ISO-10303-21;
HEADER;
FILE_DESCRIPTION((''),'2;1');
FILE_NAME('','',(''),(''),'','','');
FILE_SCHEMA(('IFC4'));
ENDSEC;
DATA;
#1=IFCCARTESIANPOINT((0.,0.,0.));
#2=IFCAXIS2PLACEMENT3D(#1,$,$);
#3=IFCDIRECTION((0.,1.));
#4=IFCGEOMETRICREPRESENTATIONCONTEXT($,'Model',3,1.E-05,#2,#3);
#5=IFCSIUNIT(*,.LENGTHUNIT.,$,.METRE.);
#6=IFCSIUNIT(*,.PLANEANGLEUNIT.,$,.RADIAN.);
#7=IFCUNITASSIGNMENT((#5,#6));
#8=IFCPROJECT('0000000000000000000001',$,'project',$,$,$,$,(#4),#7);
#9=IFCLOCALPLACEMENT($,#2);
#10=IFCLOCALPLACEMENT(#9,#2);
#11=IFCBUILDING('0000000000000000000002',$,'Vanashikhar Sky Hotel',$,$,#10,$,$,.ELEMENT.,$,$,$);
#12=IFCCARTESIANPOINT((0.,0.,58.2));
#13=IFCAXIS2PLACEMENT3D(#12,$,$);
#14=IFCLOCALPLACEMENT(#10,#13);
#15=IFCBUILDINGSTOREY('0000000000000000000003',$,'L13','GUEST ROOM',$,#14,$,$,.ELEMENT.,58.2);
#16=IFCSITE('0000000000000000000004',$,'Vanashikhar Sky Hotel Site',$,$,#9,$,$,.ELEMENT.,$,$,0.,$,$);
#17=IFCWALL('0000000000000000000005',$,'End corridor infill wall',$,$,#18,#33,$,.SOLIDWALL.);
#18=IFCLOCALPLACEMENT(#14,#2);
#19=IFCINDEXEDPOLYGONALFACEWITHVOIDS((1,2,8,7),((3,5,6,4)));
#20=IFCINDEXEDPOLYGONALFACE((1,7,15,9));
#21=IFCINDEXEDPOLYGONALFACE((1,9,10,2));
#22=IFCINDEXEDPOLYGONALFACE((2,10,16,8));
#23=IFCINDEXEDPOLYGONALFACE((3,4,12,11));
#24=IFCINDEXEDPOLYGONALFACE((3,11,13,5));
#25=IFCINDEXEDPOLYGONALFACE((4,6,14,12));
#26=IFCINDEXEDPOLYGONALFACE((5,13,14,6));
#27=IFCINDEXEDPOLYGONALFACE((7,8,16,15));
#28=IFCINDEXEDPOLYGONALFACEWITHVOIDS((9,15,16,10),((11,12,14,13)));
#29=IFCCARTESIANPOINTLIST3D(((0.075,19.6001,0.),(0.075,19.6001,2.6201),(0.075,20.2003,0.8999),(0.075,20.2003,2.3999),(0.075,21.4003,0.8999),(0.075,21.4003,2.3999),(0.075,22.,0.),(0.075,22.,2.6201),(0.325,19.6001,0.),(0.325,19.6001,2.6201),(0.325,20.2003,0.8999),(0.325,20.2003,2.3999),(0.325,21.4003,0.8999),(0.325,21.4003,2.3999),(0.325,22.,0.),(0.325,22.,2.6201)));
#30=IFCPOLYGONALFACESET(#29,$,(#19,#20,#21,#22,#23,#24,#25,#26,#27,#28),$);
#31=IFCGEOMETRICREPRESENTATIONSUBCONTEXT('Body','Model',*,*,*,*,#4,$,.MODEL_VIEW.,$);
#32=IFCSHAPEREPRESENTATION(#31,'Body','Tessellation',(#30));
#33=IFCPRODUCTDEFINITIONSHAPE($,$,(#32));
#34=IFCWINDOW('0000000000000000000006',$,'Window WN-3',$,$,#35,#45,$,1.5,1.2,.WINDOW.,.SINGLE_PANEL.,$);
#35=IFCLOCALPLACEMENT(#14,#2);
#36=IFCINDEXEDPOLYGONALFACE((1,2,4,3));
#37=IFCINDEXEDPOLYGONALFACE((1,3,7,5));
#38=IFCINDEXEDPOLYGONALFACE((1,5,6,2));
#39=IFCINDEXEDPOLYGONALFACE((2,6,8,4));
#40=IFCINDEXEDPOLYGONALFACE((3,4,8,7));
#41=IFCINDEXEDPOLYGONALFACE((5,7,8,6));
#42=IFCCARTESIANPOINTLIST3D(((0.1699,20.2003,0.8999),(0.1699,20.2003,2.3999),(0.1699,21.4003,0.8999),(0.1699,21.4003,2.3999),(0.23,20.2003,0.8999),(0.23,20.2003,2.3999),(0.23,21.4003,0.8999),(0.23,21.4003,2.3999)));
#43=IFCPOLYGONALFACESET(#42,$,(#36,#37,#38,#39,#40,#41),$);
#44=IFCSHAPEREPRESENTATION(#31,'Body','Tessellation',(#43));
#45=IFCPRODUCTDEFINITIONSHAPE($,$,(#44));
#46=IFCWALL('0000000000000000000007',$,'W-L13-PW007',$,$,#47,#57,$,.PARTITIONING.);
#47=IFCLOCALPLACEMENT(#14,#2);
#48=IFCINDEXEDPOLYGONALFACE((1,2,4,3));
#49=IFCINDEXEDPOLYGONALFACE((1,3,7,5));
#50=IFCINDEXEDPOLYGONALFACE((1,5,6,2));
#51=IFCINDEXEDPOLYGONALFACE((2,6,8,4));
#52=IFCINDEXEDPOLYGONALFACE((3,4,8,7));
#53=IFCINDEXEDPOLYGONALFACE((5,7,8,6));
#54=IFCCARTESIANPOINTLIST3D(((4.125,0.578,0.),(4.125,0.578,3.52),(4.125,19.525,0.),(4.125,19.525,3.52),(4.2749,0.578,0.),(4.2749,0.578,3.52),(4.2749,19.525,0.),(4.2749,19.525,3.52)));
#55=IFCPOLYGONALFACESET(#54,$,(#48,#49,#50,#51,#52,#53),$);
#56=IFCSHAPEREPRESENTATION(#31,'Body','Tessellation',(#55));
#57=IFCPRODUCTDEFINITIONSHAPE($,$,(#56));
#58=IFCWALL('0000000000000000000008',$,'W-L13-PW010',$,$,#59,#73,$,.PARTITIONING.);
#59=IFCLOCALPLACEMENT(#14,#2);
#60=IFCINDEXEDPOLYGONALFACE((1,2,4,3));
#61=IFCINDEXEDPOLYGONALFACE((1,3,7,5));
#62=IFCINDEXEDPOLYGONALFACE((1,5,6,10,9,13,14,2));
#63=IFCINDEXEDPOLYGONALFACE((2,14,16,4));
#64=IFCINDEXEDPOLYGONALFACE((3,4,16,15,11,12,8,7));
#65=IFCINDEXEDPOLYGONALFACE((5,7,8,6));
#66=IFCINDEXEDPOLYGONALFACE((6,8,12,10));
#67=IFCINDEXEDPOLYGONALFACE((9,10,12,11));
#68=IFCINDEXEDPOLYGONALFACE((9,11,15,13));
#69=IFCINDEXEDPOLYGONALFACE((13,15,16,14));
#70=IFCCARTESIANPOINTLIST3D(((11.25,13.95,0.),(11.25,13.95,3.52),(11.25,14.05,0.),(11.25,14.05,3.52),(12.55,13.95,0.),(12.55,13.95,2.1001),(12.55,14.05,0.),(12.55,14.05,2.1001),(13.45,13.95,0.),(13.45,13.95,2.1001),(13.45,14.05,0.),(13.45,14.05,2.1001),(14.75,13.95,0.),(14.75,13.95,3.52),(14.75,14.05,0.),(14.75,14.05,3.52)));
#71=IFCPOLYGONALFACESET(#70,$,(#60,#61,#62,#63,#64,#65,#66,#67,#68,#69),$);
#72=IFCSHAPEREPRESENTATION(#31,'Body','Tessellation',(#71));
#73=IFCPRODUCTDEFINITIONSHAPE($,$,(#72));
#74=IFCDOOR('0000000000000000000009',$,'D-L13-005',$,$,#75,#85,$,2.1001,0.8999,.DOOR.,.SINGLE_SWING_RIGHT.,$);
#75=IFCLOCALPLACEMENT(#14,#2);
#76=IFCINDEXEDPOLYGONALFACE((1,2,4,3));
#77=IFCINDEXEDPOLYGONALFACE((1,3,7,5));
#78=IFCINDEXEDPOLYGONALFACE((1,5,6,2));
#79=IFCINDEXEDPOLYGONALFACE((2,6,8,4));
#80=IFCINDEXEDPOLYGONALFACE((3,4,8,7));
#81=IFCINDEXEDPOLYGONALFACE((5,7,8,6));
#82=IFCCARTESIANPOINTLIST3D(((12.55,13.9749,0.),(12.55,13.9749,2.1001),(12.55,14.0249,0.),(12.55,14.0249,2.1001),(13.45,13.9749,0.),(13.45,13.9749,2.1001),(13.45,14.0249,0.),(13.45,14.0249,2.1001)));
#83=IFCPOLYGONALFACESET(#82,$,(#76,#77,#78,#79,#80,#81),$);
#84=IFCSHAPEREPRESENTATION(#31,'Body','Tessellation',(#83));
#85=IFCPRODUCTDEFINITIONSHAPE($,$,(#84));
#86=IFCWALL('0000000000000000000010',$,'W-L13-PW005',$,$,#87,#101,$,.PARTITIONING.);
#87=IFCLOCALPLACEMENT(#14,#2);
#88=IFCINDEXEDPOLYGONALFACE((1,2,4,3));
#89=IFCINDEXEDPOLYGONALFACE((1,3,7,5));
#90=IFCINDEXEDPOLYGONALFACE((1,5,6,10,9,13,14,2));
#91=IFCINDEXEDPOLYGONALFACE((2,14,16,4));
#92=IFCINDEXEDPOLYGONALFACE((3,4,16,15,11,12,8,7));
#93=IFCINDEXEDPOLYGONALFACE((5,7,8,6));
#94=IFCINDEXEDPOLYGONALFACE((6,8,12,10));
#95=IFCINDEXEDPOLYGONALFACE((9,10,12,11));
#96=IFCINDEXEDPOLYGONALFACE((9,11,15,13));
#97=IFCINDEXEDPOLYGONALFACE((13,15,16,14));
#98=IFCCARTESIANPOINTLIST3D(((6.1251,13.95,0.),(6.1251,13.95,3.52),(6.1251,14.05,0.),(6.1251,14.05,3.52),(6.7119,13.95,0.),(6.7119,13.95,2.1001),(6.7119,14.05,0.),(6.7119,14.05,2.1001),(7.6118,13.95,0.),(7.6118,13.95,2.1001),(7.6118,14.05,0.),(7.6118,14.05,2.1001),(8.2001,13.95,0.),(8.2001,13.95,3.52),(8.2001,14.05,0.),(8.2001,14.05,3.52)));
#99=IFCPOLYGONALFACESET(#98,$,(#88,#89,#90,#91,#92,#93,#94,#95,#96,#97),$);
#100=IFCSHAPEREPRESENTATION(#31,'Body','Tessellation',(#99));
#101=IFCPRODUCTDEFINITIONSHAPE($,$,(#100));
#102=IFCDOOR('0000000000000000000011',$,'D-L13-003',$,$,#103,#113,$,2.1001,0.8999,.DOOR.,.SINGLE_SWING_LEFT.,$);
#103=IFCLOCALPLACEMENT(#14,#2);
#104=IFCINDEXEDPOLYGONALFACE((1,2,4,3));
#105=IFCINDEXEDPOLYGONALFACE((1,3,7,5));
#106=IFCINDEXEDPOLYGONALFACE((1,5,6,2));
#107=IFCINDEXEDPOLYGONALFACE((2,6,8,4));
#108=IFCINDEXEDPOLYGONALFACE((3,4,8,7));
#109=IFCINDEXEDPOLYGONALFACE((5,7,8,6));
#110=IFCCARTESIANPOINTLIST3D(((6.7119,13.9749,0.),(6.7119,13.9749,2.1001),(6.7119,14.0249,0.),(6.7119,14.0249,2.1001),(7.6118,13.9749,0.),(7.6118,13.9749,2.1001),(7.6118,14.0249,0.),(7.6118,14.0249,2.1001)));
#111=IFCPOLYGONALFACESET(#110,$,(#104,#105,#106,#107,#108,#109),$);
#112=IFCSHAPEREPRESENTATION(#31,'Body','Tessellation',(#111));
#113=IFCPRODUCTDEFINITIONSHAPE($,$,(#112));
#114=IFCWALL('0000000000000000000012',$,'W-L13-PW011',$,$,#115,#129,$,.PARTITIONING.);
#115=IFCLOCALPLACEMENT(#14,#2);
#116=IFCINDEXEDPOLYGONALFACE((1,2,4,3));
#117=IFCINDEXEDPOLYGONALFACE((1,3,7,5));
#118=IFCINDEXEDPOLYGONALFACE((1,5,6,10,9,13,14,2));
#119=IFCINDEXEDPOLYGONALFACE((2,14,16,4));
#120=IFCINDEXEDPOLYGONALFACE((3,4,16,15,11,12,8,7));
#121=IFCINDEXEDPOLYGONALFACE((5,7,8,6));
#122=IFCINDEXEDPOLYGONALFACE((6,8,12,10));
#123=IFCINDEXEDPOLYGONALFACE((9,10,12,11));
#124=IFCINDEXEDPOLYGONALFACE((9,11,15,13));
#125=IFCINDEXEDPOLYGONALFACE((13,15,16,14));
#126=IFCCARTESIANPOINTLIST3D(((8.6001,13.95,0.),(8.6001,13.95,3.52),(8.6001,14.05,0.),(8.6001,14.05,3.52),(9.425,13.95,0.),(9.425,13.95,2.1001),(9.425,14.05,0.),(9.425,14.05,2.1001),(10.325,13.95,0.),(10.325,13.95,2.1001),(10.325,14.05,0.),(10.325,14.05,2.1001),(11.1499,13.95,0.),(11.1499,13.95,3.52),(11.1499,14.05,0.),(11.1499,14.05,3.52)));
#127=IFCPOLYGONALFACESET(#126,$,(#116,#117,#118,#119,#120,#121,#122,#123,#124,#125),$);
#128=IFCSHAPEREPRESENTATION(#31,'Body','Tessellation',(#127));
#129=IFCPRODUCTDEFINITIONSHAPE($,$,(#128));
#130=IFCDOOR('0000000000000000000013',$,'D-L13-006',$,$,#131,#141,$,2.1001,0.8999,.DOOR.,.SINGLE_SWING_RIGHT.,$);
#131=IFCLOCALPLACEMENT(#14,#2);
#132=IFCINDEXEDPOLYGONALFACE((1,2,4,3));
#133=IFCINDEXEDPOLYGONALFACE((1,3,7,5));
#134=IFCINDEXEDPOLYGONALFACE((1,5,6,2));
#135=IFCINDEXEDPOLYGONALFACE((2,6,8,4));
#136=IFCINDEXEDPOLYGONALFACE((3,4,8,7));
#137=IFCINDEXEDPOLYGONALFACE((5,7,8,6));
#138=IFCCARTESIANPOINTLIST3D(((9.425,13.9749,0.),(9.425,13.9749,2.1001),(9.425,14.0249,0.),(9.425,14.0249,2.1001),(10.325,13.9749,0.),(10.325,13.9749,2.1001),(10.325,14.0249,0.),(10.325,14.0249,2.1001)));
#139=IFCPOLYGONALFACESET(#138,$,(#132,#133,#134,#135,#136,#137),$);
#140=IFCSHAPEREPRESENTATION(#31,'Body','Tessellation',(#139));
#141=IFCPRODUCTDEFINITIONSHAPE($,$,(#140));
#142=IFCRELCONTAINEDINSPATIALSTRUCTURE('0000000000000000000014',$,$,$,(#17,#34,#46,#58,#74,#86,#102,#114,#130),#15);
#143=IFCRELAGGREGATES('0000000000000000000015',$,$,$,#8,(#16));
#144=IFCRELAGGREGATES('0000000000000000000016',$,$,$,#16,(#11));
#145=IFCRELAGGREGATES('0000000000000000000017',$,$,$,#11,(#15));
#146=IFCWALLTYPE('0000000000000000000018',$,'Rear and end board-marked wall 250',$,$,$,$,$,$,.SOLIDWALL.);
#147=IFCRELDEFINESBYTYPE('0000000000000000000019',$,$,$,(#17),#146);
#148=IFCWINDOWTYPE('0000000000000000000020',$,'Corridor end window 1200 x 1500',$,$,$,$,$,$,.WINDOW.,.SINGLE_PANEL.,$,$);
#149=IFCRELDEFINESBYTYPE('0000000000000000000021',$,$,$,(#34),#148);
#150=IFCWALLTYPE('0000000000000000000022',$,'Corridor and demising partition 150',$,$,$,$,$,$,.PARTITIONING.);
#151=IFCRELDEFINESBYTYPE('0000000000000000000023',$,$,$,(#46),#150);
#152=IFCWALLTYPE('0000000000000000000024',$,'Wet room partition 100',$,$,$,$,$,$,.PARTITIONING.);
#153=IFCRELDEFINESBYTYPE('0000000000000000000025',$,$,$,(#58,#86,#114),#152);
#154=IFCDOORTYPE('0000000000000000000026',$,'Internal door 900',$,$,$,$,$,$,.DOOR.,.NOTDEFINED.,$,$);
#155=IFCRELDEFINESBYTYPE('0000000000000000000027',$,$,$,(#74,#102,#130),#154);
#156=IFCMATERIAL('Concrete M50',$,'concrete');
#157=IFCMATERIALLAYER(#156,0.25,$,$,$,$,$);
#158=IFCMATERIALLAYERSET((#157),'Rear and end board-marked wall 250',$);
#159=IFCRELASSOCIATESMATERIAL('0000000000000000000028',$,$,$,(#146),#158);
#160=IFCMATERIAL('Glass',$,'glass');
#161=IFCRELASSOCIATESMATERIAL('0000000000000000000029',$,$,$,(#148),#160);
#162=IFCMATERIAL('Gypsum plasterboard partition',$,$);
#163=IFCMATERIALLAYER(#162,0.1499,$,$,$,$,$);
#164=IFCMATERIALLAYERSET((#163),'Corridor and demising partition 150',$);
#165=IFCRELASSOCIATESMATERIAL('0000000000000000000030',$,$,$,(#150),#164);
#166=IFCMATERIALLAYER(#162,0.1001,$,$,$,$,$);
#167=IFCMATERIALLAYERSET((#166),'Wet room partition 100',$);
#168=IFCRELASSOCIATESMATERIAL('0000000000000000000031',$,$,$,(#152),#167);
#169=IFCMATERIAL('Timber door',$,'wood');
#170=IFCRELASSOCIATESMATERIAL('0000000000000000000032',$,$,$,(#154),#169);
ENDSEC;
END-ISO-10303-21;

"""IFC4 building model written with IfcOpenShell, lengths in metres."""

from ifc_helpers import new_model, si_unit, direction, frame, frame_2d, origin, place, context, subcontext, project, spatial, rectangle, extrude, source, transform, mapped, material, layer, layer_set, type_object, element, fill, save


model = new_model("IFC4")

# Units and contexts
model_context = context("Model", 3, precision=1e-05, world=origin(), true_north=direction((0.0, 1.0)))
body_context = subcontext(model_context, "Body", "Model", "MODEL_VIEW")
ifc_project = project(units=[si_unit("LENGTHUNIT", "METRE"), si_unit("PLANEANGLEUNIT", "RADIAN")], contexts=[model_context])

# Site, building, storey
site_placement = place(None, origin())
site = spatial("IfcSite", under=ifc_project, at=site_placement, Name="Vanashikhar Sky Hotel Site", CompositionType="ELEMENT", RefElevation=0.0)
building_placement = place(site_placement, origin())
building = spatial("IfcBuilding", under=site, at=building_placement, Name="Vanashikhar Sky Hotel", CompositionType="ELEMENT")
storey_placement = place(building_placement, frame((0.0, 0.0, 58.2)))
storey = spatial("IfcBuildingStorey", under=building, at=storey_placement, Name="L13", Description="GUEST ROOM", CompositionType="ELEMENT", Elevation=58.2)

# Shared definitions
ifc_material_1 = material(Name="Concrete M50", Category="concrete")

# Shared definitions
ifc_material_2 = material(Name="Glass", Category="glass")

# Wall, opening, window
ifc_layer_1 = layer(ifc_material_1, 0.25)
ifc_layer_set_1 = layer_set([ifc_layer_1], Name="Rear and end board-marked wall 250")
wall_type_1 = type_object("IfcWallType", Name="Rear and end board-marked wall 250", PredefinedType="SOLIDWALL", material=ifc_layer_set_1)
shared_shape_1 = source(origin(), body_context, "Body", "SweptSolid", [
    extrude(rectangle(XDim=2.3999, YDim=0.25, at=frame_2d((1.2, 0.0))), origin(), (0.0, 0.0, 1.0), 2.6201),
])
wall_1_placement = place(storey_placement, frame((0.2, 19.6001, 0.0), z_axis=(0.0, 0.0, 1.0), x_axis=(0.0, 1.0, 0.0)))
wall_1 = element("IfcWall", 1, at=wall_1_placement, inside=storey, type_object=wall_type_1, Name="End corridor infill wall", PredefinedType="SOLIDWALL", context=body_context, shape_type="MappedRepresentation", body=[
    mapped(shared_shape_1, transform((0.0, 0.0, 0.0), scale=1.0)),
])
shared_shape_2 = source(origin(), body_context, "Body", "SweptSolid", [
    extrude(rectangle(XDim=1.2, YDim=1.5, at=frame_2d((0.6001, 0.75))), frame((0.0, 0.135, 0.0), z_axis=(0.0, -1.0, 0.0), x_axis=(1.0, 0.0, 0.0)), (0.0, 0.0, 1.0), 0.27),
])
opening_1_placement = place(wall_1_placement, frame((0.6001, 0.0, 0.8999)))
opening_1 = element("IfcOpeningElement", 2, at=opening_1_placement, cuts=wall_1, PredefinedType="OPENING", context=body_context, shape_type="MappedRepresentation", body=[
    mapped(shared_shape_2, transform((0.0, 0.0, 0.0), scale=1.0)),
])
window_type_1 = type_object("IfcWindowType", Name="Corridor end window 1200 x 1500", PartitioningType="SINGLE_PANEL", PredefinedType="WINDOW", material=ifc_material_2)
shared_shape_3 = source(origin(), body_context, "Body", "SweptSolid", [
    extrude(rectangle(XDim=1.2, YDim=1.5, at=frame_2d((0.6001, 0.75))), frame((0.0, 0.03, 0.0), z_axis=(0.0, -1.0, 0.0), x_axis=(1.0, 0.0, 0.0)), (0.0, 0.0, 1.0), 0.0601),
])
window_1_placement = place(opening_1_placement, origin())
window_1 = element("IfcWindow", 3, at=window_1_placement, inside=storey, type_object=window_type_1, Name="Window WN-3", OverallHeight=1.5, OverallWidth=1.2, PartitioningType="SINGLE_PANEL", PredefinedType="WINDOW", context=body_context, shape_type="MappedRepresentation", body=[
    mapped(shared_shape_3, transform((0.0, 0.0, 0.0), scale=1.0)),
])
fill(opening_1, window_1)

# Wall
ifc_material_3 = material(Name="Gypsum plasterboard partition")
ifc_layer_2 = layer(ifc_material_3, 0.1499)
ifc_layer_set_2 = layer_set([ifc_layer_2], Name="Corridor and demising partition 150")
wall_type_2 = type_object("IfcWallType", Name="Corridor and demising partition 150", PredefinedType="PARTITIONING", material=ifc_layer_set_2)
shared_shape_4 = source(origin(), body_context, "Body", "SweptSolid", [
    extrude(rectangle(XDim=18.947, YDim=0.1499, at=frame_2d((9.4736, 0.0))), origin(), (0.0, 0.0, 1.0), 3.52),
])
wall_2_placement = place(storey_placement, frame((4.2, 0.5779, 0.0), z_axis=(0.0, 0.0, 1.0), x_axis=(0.0, 1.0, 0.0)))
element("IfcWall", 4, at=wall_2_placement, inside=storey, type_object=wall_type_2, Name="W-L13-PW007", PredefinedType="PARTITIONING", context=body_context, shape_type="MappedRepresentation", body=[
    mapped(shared_shape_4, transform((0.0, 0.0, 0.0), scale=1.0)),
])

# Walls, openings, doors
ifc_layer_3 = layer(ifc_material_3, 0.1001)
ifc_layer_set_3 = layer_set([ifc_layer_3], Name="Wet room partition 100")
wall_type_3 = type_object("IfcWallType", Name="Wet room partition 100", PredefinedType="PARTITIONING", material=ifc_layer_set_3)
shared_shape_5 = source(origin(), body_context, "Body", "SweptSolid", [
    extrude(rectangle(XDim=3.5, YDim=0.1001, at=frame_2d((1.75, 0.0))), origin(), (0.0, 0.0, 1.0), 3.52),
])
wall_3_placement = place(storey_placement, frame((11.25, 14.0, 0.0), z_axis=(0.0, 0.0, 1.0), x_axis=(1.0, 0.0, 0.0)))
wall_3 = element("IfcWall", 5, at=wall_3_placement, inside=storey, type_object=wall_type_3, Name="W-L13-PW010", PredefinedType="PARTITIONING", context=body_context, shape_type="MappedRepresentation", body=[
    mapped(shared_shape_5, transform((0.0, 0.0, 0.0), scale=1.0)),
])
shared_shape_6 = source(origin(), body_context, "Body", "SweptSolid", [
    extrude(rectangle(XDim=0.8999, YDim=2.1001, at=frame_2d((0.45, 1.05))), frame((0.0, 0.0601, 0.0), z_axis=(0.0, -1.0, 0.0), x_axis=(1.0, 0.0, 0.0)), (0.0, 0.0, 1.0), 0.1201),
])
opening_2_placement = place(wall_3_placement, frame((1.3, 0.0, 0.0)))
opening_2 = element("IfcOpeningElement", 6, at=opening_2_placement, cuts=wall_3, PredefinedType="OPENING", context=body_context, shape_type="MappedRepresentation", body=[
    mapped(shared_shape_6, transform((0.0, 0.0, 0.0), scale=1.0)),
])
ifc_material_4 = material(Name="Timber door", Category="wood")
door_type = type_object("IfcDoorType", Name="Internal door 900", OperationType="NOTDEFINED", PredefinedType="DOOR", material=ifc_material_4)
shared_shape_7 = source(origin(), body_context, "Body", "SweptSolid", [
    extrude(rectangle(XDim=0.8999, YDim=2.1001, at=frame_2d((0.45, 1.05))), frame((0.0, 0.0249, 0.0), z_axis=(0.0, -1.0, 0.0), x_axis=(1.0, 0.0, 0.0)), (0.0, 0.0, 1.0), 0.05),
])
door_1_placement = place(opening_2_placement, origin())
door_1 = element("IfcDoor", 7, at=door_1_placement, inside=storey, type_object=door_type, Name="D-L13-005", OperationType="SINGLE_SWING_RIGHT", OverallHeight=2.1001, OverallWidth=0.8999, PredefinedType="DOOR", context=body_context, shape_type="MappedRepresentation", body=[
    mapped(shared_shape_7, transform((0.0, 0.0, 0.0), scale=1.0)),
])
fill(opening_2, door_1)
shared_shape_8 = source(origin(), body_context, "Body", "SweptSolid", [
    extrude(rectangle(XDim=2.075, YDim=0.1001, at=frame_2d((1.0376, 0.0))), origin(), (0.0, 0.0, 1.0), 3.52),
])
wall_4_placement = place(storey_placement, frame((6.125, 14.0, 0.0), z_axis=(0.0, 0.0, 1.0), x_axis=(1.0, 0.0, 0.0)))
wall_4 = element("IfcWall", 8, at=wall_4_placement, inside=storey, type_object=wall_type_3, Name="W-L13-PW005", PredefinedType="PARTITIONING", context=body_context, shape_type="MappedRepresentation", body=[
    mapped(shared_shape_8, transform((0.0, 0.0, 0.0), scale=1.0)),
])
opening_3_placement = place(wall_4_placement, frame((0.5869, 0.0, 0.0)))
opening_3 = element("IfcOpeningElement", 9, at=opening_3_placement, cuts=wall_4, PredefinedType="OPENING", context=body_context, shape_type="MappedRepresentation", body=[
    mapped(shared_shape_6, transform((0.0, 0.0, 0.0), scale=1.0)),
])
door_2_placement = place(opening_3_placement, origin())
door_2 = element("IfcDoor", 10, at=door_2_placement, inside=storey, type_object=door_type, Name="D-L13-003", OperationType="SINGLE_SWING_LEFT", OverallHeight=2.1001, OverallWidth=0.8999, PredefinedType="DOOR", context=body_context, shape_type="MappedRepresentation", body=[
    mapped(shared_shape_7, transform((0.0, 0.0, 0.0), scale=1.0)),
])
fill(opening_3, door_2)
shared_shape_9 = source(origin(), body_context, "Body", "SweptSolid", [
    extrude(rectangle(XDim=2.5498, YDim=0.1001, at=frame_2d((1.2749, 0.0))), origin(), (0.0, 0.0, 1.0), 3.52),
])
wall_5_placement = place(storey_placement, frame((8.6001, 14.0, 0.0), z_axis=(0.0, 0.0, 1.0), x_axis=(1.0, 0.0, 0.0)))
wall_5 = element("IfcWall", 11, at=wall_5_placement, inside=storey, type_object=wall_type_3, Name="W-L13-PW011", PredefinedType="PARTITIONING", context=body_context, shape_type="MappedRepresentation", body=[
    mapped(shared_shape_9, transform((0.0, 0.0, 0.0), scale=1.0)),
])
opening_4_placement = place(wall_5_placement, frame((0.825, 0.0, 0.0)))
opening_4 = element("IfcOpeningElement", 12, at=opening_4_placement, cuts=wall_5, PredefinedType="OPENING", context=body_context, shape_type="MappedRepresentation", body=[
    mapped(shared_shape_6, transform((0.0, 0.0, 0.0), scale=1.0)),
])
door_3_placement = place(opening_4_placement, origin())
door_3 = element("IfcDoor", 13, at=door_3_placement, inside=storey, type_object=door_type, Name="D-L13-006", OperationType="SINGLE_SWING_RIGHT", OverallHeight=2.1001, OverallWidth=0.8999, PredefinedType="DOOR", context=body_context, shape_type="MappedRepresentation", body=[
    mapped(shared_shape_7, transform((0.0, 0.0, 0.0), scale=1.0)),
])
fill(opening_4, door_3)

save(model, "model.ifc")
